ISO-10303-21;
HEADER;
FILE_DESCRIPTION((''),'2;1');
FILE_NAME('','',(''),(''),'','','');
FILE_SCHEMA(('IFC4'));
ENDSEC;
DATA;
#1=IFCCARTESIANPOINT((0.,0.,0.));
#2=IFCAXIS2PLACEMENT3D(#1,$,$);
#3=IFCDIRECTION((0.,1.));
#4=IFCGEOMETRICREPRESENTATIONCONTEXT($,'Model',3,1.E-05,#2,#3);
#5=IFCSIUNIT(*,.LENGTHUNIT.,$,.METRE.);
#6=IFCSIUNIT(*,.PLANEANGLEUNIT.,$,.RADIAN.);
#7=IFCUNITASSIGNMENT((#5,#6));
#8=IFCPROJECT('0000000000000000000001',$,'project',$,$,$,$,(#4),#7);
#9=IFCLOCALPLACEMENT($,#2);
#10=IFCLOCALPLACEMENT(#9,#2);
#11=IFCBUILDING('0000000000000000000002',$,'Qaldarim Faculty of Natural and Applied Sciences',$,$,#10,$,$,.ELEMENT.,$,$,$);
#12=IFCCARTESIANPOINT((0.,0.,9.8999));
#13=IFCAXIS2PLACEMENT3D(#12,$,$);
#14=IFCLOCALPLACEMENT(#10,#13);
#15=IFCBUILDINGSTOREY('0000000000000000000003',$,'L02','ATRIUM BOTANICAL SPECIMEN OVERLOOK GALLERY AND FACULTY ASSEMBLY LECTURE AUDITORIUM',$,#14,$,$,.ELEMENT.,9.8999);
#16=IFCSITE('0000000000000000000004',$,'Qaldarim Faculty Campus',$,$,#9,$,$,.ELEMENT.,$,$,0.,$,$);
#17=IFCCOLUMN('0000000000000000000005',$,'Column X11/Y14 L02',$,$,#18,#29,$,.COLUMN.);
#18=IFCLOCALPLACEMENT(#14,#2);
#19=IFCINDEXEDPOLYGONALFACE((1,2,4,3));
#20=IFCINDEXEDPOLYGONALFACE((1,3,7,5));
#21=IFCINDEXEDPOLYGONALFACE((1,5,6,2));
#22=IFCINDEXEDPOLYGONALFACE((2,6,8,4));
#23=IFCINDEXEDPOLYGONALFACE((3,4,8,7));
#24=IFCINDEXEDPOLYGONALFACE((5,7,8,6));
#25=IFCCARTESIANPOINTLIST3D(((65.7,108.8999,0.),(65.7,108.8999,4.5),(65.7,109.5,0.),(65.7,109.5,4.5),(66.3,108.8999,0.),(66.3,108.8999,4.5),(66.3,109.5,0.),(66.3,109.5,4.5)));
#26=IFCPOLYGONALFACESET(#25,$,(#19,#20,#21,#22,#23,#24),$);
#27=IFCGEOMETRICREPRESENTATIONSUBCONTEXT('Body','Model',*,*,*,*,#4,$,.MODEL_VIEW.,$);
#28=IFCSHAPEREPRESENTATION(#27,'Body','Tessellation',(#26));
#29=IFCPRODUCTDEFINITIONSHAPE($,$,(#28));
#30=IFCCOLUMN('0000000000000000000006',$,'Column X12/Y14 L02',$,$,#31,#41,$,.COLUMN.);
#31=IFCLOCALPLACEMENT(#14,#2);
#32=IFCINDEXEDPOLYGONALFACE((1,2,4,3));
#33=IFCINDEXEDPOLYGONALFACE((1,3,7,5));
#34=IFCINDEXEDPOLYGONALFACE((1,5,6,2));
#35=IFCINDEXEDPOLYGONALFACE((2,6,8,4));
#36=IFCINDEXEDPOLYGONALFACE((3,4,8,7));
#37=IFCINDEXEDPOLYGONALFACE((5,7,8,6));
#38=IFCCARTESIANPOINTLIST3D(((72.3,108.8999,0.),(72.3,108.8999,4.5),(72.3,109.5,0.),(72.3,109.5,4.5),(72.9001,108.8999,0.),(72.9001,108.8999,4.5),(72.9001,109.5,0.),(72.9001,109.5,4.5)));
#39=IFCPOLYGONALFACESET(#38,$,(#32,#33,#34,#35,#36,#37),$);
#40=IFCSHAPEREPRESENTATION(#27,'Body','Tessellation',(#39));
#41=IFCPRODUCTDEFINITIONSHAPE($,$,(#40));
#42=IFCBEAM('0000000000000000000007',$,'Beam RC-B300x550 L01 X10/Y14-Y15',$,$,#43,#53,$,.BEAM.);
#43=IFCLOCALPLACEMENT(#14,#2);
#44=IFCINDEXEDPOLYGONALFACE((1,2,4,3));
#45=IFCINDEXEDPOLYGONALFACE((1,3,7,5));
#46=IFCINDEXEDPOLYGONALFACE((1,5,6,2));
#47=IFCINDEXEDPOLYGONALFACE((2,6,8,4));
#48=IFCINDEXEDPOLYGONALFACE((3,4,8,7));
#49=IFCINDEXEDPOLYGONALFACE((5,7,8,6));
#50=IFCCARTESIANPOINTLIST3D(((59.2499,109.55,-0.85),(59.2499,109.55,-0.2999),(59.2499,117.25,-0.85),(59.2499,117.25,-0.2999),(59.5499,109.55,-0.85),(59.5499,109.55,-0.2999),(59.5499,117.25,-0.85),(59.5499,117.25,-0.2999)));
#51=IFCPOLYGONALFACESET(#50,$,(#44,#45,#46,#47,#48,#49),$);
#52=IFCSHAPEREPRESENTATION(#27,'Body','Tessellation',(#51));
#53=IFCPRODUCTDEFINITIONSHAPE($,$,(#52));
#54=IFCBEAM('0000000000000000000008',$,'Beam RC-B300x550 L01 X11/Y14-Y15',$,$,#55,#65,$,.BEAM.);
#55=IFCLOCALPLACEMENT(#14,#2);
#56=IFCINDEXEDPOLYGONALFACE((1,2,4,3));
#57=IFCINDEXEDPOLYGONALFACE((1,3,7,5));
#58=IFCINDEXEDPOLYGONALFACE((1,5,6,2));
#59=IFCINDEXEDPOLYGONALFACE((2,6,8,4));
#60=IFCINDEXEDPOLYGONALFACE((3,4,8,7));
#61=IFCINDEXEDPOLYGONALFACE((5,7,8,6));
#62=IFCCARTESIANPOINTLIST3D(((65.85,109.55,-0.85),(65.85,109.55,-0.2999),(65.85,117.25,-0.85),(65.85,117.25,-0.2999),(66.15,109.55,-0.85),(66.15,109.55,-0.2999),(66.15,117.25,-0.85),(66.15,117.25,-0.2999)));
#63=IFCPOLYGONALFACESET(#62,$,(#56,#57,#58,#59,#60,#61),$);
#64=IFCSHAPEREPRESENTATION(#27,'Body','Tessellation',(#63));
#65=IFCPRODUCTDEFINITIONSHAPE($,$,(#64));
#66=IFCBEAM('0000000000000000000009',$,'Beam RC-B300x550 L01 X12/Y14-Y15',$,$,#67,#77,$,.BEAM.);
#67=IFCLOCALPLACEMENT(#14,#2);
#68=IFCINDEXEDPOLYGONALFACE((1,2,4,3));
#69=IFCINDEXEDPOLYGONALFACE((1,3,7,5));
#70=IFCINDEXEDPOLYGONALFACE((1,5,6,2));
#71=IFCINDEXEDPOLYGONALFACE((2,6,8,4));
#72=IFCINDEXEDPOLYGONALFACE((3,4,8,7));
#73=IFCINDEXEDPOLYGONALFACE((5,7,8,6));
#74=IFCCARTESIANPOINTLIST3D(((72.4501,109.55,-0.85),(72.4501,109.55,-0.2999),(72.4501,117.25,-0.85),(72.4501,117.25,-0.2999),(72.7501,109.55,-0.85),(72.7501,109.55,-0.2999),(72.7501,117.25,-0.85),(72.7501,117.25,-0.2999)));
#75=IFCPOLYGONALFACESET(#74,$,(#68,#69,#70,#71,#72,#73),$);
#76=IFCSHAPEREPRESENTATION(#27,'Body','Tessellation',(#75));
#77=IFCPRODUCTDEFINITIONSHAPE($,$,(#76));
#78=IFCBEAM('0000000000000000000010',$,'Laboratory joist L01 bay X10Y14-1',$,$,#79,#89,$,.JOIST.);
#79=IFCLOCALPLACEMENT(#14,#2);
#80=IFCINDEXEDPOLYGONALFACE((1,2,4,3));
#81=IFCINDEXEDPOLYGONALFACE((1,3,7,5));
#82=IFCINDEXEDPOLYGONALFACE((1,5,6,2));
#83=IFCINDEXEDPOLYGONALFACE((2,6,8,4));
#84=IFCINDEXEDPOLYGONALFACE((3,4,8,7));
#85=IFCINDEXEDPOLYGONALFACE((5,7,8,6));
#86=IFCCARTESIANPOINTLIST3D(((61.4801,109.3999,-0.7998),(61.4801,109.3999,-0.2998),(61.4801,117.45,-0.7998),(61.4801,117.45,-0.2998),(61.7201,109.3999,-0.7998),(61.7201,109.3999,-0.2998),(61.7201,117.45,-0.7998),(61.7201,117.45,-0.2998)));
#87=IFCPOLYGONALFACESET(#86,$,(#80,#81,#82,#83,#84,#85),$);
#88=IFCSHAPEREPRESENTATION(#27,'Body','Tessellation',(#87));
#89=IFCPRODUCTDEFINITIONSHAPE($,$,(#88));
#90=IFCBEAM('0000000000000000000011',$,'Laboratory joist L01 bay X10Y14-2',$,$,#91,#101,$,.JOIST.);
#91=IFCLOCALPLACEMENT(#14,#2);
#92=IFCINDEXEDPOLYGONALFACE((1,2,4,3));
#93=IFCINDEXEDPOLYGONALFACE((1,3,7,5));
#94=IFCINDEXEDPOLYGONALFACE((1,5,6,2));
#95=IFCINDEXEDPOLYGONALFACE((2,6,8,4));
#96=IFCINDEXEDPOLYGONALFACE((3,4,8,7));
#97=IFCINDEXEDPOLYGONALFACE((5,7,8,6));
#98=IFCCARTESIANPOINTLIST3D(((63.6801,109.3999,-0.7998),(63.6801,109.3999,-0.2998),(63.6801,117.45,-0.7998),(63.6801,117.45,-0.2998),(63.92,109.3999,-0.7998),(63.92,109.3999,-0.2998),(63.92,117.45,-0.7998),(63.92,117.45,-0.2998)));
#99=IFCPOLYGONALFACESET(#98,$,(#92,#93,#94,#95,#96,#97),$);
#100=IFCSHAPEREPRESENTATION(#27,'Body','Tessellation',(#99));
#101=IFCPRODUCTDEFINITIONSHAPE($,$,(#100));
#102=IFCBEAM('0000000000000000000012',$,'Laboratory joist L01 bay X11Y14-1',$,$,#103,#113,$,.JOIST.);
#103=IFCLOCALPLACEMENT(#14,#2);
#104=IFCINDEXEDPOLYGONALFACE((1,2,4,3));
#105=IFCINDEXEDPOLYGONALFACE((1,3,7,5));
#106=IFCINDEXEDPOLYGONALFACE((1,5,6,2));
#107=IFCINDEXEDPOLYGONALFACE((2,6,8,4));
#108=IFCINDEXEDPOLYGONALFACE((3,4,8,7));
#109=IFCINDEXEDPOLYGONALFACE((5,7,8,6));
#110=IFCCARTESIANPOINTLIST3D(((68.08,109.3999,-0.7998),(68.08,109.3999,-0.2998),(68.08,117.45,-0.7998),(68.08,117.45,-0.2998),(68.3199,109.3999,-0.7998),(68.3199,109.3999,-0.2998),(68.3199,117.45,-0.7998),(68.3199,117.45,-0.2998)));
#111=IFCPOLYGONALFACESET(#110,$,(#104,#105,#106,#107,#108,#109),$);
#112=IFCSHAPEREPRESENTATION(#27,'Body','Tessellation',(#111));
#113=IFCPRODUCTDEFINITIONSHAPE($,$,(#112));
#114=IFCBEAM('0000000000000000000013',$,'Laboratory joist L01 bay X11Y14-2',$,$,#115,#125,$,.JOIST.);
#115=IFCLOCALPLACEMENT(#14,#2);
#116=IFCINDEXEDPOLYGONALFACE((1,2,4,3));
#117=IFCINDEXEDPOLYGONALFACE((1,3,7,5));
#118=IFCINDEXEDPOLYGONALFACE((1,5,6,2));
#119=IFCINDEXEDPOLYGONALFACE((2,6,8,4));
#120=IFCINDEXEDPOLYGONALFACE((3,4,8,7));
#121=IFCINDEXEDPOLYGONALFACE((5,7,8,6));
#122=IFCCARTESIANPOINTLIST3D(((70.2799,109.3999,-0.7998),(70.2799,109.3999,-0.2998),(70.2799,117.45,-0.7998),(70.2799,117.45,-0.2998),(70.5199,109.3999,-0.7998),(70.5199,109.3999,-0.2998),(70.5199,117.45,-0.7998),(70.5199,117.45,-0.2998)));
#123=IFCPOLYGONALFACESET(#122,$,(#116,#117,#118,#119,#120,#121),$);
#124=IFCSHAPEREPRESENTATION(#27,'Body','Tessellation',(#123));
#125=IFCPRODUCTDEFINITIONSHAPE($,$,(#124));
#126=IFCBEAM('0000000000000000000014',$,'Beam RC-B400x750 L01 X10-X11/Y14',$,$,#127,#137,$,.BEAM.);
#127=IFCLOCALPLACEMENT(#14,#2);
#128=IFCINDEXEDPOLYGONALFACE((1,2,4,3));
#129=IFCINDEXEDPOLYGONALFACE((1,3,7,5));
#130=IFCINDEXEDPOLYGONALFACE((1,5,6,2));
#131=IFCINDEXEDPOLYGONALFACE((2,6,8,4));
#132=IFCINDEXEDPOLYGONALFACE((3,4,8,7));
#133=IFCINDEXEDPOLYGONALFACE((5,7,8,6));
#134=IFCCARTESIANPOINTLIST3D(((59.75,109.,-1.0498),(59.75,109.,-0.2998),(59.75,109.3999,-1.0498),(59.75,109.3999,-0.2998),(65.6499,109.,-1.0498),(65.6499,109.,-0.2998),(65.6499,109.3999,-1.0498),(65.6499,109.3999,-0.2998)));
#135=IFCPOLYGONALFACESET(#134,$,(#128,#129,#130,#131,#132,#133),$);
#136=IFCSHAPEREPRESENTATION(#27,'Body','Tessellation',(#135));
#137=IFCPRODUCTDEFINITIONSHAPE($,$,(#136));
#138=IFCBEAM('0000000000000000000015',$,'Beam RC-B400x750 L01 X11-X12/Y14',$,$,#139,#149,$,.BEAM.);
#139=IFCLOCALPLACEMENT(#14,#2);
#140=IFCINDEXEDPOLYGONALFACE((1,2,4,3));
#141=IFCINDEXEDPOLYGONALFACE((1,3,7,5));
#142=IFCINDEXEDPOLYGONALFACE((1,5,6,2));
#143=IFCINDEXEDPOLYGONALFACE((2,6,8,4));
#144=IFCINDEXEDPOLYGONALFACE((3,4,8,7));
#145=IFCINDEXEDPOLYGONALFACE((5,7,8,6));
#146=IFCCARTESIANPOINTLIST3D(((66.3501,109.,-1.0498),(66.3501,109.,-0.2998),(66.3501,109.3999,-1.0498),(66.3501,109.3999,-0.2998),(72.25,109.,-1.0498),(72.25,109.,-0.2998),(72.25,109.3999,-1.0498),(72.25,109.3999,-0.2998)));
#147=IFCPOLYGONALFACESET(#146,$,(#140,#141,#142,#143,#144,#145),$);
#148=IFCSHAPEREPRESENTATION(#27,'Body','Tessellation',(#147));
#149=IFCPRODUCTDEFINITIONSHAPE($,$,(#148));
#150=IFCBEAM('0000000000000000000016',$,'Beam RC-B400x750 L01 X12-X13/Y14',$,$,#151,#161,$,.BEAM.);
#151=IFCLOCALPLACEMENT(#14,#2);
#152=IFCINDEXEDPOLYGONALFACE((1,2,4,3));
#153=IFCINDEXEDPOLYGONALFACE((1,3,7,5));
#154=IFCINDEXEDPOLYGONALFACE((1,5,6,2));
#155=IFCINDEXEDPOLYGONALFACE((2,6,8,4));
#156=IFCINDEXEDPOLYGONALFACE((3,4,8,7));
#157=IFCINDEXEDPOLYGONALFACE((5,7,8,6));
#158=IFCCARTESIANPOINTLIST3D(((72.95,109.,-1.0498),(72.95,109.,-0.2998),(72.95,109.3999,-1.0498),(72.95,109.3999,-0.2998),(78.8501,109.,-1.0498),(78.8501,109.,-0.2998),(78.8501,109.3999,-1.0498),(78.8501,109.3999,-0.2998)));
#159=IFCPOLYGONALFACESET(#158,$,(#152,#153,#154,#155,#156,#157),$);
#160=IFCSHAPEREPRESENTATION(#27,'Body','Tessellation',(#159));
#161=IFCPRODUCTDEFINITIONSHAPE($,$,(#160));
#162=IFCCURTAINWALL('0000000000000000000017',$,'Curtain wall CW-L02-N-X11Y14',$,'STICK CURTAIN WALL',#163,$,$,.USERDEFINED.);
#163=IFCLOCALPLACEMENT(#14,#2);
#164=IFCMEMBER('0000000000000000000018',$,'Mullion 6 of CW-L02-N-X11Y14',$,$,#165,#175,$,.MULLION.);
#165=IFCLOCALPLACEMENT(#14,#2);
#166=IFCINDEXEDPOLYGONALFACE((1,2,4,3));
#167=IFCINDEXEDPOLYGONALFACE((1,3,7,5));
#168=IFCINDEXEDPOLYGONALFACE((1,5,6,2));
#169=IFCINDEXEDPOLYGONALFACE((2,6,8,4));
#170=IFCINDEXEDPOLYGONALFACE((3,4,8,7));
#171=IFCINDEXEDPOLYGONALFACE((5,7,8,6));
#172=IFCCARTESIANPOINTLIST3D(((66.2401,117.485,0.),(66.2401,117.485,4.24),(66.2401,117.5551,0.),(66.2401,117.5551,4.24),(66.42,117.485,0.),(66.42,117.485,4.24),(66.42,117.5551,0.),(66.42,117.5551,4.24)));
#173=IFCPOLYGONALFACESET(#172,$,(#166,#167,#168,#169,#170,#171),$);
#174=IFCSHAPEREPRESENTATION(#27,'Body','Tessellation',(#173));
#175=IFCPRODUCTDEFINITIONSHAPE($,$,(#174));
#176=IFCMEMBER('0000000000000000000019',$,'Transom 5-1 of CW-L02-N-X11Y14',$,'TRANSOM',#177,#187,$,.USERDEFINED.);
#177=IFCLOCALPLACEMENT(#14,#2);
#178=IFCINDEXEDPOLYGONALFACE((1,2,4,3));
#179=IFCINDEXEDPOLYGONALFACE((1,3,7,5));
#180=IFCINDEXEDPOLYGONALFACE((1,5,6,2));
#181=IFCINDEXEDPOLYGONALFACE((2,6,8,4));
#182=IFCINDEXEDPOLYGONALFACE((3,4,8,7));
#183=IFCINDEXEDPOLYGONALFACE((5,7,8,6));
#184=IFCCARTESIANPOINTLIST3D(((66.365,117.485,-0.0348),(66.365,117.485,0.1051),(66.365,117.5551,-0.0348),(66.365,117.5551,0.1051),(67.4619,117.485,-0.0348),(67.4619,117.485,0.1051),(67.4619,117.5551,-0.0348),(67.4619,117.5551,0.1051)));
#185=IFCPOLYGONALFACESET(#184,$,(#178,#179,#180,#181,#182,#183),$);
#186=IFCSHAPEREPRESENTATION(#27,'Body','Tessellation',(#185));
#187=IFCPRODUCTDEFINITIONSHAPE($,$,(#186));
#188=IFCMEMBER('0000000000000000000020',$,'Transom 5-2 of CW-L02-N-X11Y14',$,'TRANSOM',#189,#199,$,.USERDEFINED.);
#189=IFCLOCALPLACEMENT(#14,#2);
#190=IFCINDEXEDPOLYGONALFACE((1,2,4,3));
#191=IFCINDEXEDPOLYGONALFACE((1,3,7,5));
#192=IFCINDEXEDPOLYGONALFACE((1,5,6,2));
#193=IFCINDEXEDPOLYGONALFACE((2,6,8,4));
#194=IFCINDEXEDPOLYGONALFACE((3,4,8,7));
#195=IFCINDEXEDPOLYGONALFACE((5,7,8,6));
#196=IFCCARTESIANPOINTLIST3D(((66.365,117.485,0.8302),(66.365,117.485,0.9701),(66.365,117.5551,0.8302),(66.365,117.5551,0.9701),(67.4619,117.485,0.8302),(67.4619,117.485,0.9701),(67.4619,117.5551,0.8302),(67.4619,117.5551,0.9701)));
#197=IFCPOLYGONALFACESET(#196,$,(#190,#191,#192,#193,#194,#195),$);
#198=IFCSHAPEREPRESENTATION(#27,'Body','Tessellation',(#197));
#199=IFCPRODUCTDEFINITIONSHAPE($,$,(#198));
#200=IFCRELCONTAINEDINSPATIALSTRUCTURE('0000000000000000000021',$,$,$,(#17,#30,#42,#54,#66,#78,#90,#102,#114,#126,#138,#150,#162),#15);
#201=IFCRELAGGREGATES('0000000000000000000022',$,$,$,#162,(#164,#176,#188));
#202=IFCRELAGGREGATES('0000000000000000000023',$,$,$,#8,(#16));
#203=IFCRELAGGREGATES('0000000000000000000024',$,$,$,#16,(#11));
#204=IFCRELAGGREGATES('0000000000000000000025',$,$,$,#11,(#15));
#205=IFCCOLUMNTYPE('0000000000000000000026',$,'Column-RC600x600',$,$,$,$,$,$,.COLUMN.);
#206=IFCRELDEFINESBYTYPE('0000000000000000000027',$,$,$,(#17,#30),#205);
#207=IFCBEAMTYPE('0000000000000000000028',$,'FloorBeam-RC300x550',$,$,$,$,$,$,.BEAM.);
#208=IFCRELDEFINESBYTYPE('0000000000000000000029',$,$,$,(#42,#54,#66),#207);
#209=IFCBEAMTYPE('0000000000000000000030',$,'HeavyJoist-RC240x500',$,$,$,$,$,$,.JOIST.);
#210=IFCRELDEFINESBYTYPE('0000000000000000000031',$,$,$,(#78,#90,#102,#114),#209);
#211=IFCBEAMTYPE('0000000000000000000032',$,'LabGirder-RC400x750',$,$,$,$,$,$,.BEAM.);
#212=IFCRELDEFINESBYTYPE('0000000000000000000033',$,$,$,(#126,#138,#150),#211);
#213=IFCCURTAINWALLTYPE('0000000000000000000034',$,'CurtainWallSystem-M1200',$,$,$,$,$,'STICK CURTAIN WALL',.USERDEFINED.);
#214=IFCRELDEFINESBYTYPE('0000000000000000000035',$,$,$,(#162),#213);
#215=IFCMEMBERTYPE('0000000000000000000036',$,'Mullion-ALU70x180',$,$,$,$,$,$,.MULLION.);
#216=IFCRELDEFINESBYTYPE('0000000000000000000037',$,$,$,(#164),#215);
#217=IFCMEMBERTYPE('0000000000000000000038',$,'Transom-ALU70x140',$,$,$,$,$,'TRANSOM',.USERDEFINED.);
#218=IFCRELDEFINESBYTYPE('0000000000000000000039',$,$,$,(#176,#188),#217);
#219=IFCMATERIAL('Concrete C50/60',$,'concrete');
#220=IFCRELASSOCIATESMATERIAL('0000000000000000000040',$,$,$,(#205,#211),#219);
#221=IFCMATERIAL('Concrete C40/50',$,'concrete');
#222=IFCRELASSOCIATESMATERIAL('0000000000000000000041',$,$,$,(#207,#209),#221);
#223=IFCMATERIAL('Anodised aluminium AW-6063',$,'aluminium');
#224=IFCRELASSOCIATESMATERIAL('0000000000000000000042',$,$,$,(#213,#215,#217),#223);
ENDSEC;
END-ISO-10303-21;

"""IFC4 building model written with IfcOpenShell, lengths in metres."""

from ifc_helpers import new_model, si_unit, direction, frame, origin, origin_2d, place, context, subcontext, project, spatial, rectangle, extrude, material, material_profile, profile_set, type_object, element, aggregate, save


model = new_model("IFC4")

# Units and contexts
model_context = context("Model", 3, precision=1e-05, world=origin(), true_north=direction((0.0, 1.0)))
body_context = subcontext(model_context, "Body", "Model", "MODEL_VIEW")
ifc_project = project(units=[si_unit("LENGTHUNIT", "METRE"), si_unit("PLANEANGLEUNIT", "RADIAN")], contexts=[model_context])

# Site, building, storey
site_placement = place(None, origin())
site = spatial("IfcSite", under=ifc_project, at=site_placement, Name="Qaldarim Faculty Campus", CompositionType="ELEMENT", RefElevation=0.0)
building_placement = place(site_placement, origin())
building = spatial("IfcBuilding", under=site, at=building_placement, Name="Qaldarim Faculty of Natural and Applied Sciences", CompositionType="ELEMENT")
storey_placement = place(building_placement, frame((0.0, 0.0, 9.8999)))
storey = spatial("IfcBuildingStorey", under=building, at=storey_placement, Name="L02", Description="ATRIUM BOTANICAL SPECIMEN OVERLOOK GALLERY AND FACULTY ASSEMBLY LECTURE AUDITORIUM", CompositionType="ELEMENT", Elevation=9.8999)

# Columns
ifc_material_1 = material(Name="Concrete C50/60", Category="concrete")
ifc_material_profile_1 = material_profile(ifc_material_1, rectangle(XDim=0.6001, YDim=0.6001, at=origin_2d()), Name="RC-C600x600")
ifc_profile_set_1 = profile_set([ifc_material_profile_1], Name="Concrete C50/60")
column_type = type_object("IfcColumnType", Name="Column-RC600x600", PredefinedType="COLUMN", material=ifc_profile_set_1)
for number, where, z_axis, x_axis, name in (
    (1, (66.0, 109.2, 0.0), (0.0, 0.0, 1.0), (1.0, 0.0, 0.0), "Column X11/Y14 L02"),
    (2, (72.6001, 109.2, 0.0), (0.0, 0.0, 1.0), (1.0, 0.0, 0.0), "Column X12/Y14 L02"),
):
    element("IfcColumn", number, at=place(storey_placement, frame(where, z_axis=z_axis, x_axis=x_axis)), inside=storey, type_object=column_type, Name=name, PredefinedType="COLUMN", context=body_context, shape_type="SweptSolid", body=[
        extrude(rectangle(XDim=0.6001, YDim=0.6001, at=origin_2d()), origin(), (0.0, 0.0, 1.0), 4.5),
    ])

# Beams
ifc_material_2 = material(Name="Concrete C40/50", Category="concrete")
ifc_material_profile_2 = material_profile(ifc_material_2, rectangle(XDim=0.3, YDim=0.55, at=origin_2d()), Name="RC-B300x550")
ifc_profile_set_2 = profile_set([ifc_material_profile_2], Name="Concrete C40/50")
beam_type_1 = type_object("IfcBeamType", Name="FloorBeam-RC300x550", PredefinedType="BEAM", material=ifc_profile_set_2)
for number, where, z_axis, x_axis, name in (
    (3, (59.3999, 109.55, -0.575), (0.0, 1.0, 0.0), (-1.0, 0.0, 0.0), "Beam RC-B300x550 L01 X10/Y14-Y15"),
    (4, (66.0, 109.55, -0.575), (0.0, 1.0, 0.0), (-1.0, 0.0, 0.0), "Beam RC-B300x550 L01 X11/Y14-Y15"),
    (5, (72.6001, 109.55, -0.575), (0.0, 1.0, 0.0), (-1.0, 0.0, 0.0), "Beam RC-B300x550 L01 X12/Y14-Y15"),
):
    element("IfcBeam", number, at=place(storey_placement, frame(where, z_axis=z_axis, x_axis=x_axis)), inside=storey, type_object=beam_type_1, Name=name, PredefinedType="BEAM", context=body_context, shape_type="SweptSolid", body=[
        extrude(rectangle(XDim=0.3, YDim=0.55, at=origin_2d()), origin(), (0.0, 0.0, 1.0), 7.7),
    ])
ifc_material_profile_3 = material_profile(ifc_material_2, rectangle(XDim=0.24, YDim=0.5, at=origin_2d()), Name="RC-J240x500")
ifc_profile_set_3 = profile_set([ifc_material_profile_3], Name="Concrete C40/50")
beam_type_2 = type_object("IfcBeamType", Name="HeavyJoist-RC240x500", PredefinedType="JOIST", material=ifc_profile_set_3)
for number, where, z_axis, x_axis, name in (
    (6, (61.6001, 109.3999, -0.5498), (0.0, 1.0, 0.0), (-1.0, 0.0, 0.0), "Laboratory joist L01 bay X10Y14-1"),
    (7, (63.8, 109.3999, -0.5498), (0.0, 1.0, 0.0), (-1.0, 0.0, 0.0), "Laboratory joist L01 bay X10Y14-2"),
    (8, (68.2, 109.3999, -0.5498), (0.0, 1.0, 0.0), (-1.0, 0.0, 0.0), "Laboratory joist L01 bay X11Y14-1"),
    (9, (70.3999, 109.3999, -0.5498), (0.0, 1.0, 0.0), (-1.0, 0.0, 0.0), "Laboratory joist L01 bay X11Y14-2"),
):
    element("IfcBeam", number, at=place(storey_placement, frame(where, z_axis=z_axis, x_axis=x_axis)), inside=storey, type_object=beam_type_2, Name=name, PredefinedType="JOIST", context=body_context, shape_type="SweptSolid", body=[
        extrude(rectangle(XDim=0.24, YDim=0.5, at=origin_2d()), origin(), (0.0, 0.0, 1.0), 8.05),
    ])
ifc_material_profile_4 = material_profile(ifc_material_1, rectangle(XDim=0.3999, YDim=0.75, at=origin_2d()), Name="RC-B400x750")
ifc_profile_set_4 = profile_set([ifc_material_profile_4], Name="Concrete C50/60")
beam_type_3 = type_object("IfcBeamType", Name="LabGirder-RC400x750", PredefinedType="BEAM", material=ifc_profile_set_4)
for number, where, z_axis, x_axis, name in (
    (10, (59.75, 109.2, -0.6748), (1.0, 0.0, 0.0), (0.0, 1.0, 0.0), "Beam RC-B400x750 L01 X10-X11/Y14"),
    (11, (66.3501, 109.2, -0.6748), (1.0, 0.0, 0.0), (0.0, 1.0, 0.0), "Beam RC-B400x750 L01 X11-X12/Y14"),
):
    element("IfcBeam", number, at=place(storey_placement, frame(where, z_axis=z_axis, x_axis=x_axis)), inside=storey, type_object=beam_type_3, Name=name, PredefinedType="BEAM", context=body_context, shape_type="SweptSolid", body=[
        extrude(rectangle(XDim=0.3999, YDim=0.75, at=origin_2d()), origin(), (0.0, 0.0, 1.0), 5.8999),
    ])
beam_placement = place(storey_placement, frame((72.95, 109.2, -0.6748), z_axis=(1.0, 0.0, 0.0), x_axis=(0.0, 1.0, 0.0)))
element("IfcBeam", 12, at=beam_placement, inside=storey, type_object=beam_type_3, Name="Beam RC-B400x750 L01 X12-X13/Y14", PredefinedType="BEAM", context=body_context, shape_type="SweptSolid", body=[
    extrude(rectangle(XDim=0.3999, YDim=0.75, at=origin_2d()), origin(), (0.0, 0.0, 1.0), 5.9001),
])

# Curtain wall, members
ifc_material_3 = material(Name="Anodised aluminium AW-6063", Category="aluminium")
curtain_wall_type = type_object("IfcCurtainWallType", Name="CurtainWallSystem-M1200", ElementType="STICK CURTAIN WALL", PredefinedType="USERDEFINED", material=ifc_material_3)
curtain_wall_placement = place(storey_placement, origin())
curtain_wall = element("IfcCurtainWall", 13, at=curtain_wall_placement, inside=storey, type_object=curtain_wall_type, Name="Curtain wall CW-L02-N-X11Y14", ObjectType="STICK CURTAIN WALL", PredefinedType="USERDEFINED")
ifc_material_profile_5 = material_profile(ifc_material_3, rectangle(XDim=0.0701, YDim=0.1799, at=origin_2d()), Name="ALU-M70x180")
ifc_profile_set_5 = profile_set([ifc_material_profile_5], Name="Anodised aluminium AW-6063")
member_type_1 = type_object("IfcMemberType", Name="Mullion-ALU70x180", PredefinedType="MULLION", material=ifc_profile_set_5)
member_1_placement = place(storey_placement, frame((66.3301, 117.52, 0.0), z_axis=(0.0, 0.0, 1.0), x_axis=(0.0, -1.0, 0.0)))
member_1 = element("IfcMember", 14, at=member_1_placement, type_object=member_type_1, Name="Mullion 6 of CW-L02-N-X11Y14", PredefinedType="MULLION", context=body_context, shape_type="SweptSolid", body=[
    extrude(rectangle(XDim=0.0701, YDim=0.1799, at=origin_2d()), origin(), (0.0, 0.0, 1.0), 4.24),
])
ifc_material_profile_6 = material_profile(ifc_material_3, rectangle(XDim=0.0701, YDim=0.1399, at=origin_2d()), Name="ALU-T70x140")
ifc_profile_set_6 = profile_set([ifc_material_profile_6], Name="Anodised aluminium AW-6063")
member_type_2 = type_object("IfcMemberType", Name="Transom-ALU70x140", ElementType="TRANSOM", PredefinedType="USERDEFINED", material=ifc_profile_set_6)
member_2_placement = place(storey_placement, frame((67.4619, 117.52, 0.0352), z_axis=(-1.0, 0.0, 0.0), x_axis=(0.0, -1.0, 0.0)))
member_2 = element("IfcMember", 15, at=member_2_placement, type_object=member_type_2, Name="Transom 5-1 of CW-L02-N-X11Y14", ObjectType="TRANSOM", PredefinedType="USERDEFINED", context=body_context, shape_type="SweptSolid", body=[
    extrude(rectangle(XDim=0.0701, YDim=0.1399, at=origin_2d()), origin(), (0.0, 0.0, 1.0), 1.0969),
])
member_3_placement = place(storey_placement, frame((67.4619, 117.52, 0.9001), z_axis=(-1.0, 0.0, 0.0), x_axis=(0.0, -1.0, 0.0)))
member_3 = element("IfcMember", 16, at=member_3_placement, type_object=member_type_2, Name="Transom 5-2 of CW-L02-N-X11Y14", ObjectType="TRANSOM", PredefinedType="USERDEFINED", context=body_context, shape_type="SweptSolid", body=[
    extrude(rectangle(XDim=0.0701, YDim=0.1399, at=origin_2d()), origin(), (0.0, 0.0, 1.0), 1.0969),
])
aggregate(curtain_wall, [member_1, member_2, member_3])

save(model, "model.ifc")
